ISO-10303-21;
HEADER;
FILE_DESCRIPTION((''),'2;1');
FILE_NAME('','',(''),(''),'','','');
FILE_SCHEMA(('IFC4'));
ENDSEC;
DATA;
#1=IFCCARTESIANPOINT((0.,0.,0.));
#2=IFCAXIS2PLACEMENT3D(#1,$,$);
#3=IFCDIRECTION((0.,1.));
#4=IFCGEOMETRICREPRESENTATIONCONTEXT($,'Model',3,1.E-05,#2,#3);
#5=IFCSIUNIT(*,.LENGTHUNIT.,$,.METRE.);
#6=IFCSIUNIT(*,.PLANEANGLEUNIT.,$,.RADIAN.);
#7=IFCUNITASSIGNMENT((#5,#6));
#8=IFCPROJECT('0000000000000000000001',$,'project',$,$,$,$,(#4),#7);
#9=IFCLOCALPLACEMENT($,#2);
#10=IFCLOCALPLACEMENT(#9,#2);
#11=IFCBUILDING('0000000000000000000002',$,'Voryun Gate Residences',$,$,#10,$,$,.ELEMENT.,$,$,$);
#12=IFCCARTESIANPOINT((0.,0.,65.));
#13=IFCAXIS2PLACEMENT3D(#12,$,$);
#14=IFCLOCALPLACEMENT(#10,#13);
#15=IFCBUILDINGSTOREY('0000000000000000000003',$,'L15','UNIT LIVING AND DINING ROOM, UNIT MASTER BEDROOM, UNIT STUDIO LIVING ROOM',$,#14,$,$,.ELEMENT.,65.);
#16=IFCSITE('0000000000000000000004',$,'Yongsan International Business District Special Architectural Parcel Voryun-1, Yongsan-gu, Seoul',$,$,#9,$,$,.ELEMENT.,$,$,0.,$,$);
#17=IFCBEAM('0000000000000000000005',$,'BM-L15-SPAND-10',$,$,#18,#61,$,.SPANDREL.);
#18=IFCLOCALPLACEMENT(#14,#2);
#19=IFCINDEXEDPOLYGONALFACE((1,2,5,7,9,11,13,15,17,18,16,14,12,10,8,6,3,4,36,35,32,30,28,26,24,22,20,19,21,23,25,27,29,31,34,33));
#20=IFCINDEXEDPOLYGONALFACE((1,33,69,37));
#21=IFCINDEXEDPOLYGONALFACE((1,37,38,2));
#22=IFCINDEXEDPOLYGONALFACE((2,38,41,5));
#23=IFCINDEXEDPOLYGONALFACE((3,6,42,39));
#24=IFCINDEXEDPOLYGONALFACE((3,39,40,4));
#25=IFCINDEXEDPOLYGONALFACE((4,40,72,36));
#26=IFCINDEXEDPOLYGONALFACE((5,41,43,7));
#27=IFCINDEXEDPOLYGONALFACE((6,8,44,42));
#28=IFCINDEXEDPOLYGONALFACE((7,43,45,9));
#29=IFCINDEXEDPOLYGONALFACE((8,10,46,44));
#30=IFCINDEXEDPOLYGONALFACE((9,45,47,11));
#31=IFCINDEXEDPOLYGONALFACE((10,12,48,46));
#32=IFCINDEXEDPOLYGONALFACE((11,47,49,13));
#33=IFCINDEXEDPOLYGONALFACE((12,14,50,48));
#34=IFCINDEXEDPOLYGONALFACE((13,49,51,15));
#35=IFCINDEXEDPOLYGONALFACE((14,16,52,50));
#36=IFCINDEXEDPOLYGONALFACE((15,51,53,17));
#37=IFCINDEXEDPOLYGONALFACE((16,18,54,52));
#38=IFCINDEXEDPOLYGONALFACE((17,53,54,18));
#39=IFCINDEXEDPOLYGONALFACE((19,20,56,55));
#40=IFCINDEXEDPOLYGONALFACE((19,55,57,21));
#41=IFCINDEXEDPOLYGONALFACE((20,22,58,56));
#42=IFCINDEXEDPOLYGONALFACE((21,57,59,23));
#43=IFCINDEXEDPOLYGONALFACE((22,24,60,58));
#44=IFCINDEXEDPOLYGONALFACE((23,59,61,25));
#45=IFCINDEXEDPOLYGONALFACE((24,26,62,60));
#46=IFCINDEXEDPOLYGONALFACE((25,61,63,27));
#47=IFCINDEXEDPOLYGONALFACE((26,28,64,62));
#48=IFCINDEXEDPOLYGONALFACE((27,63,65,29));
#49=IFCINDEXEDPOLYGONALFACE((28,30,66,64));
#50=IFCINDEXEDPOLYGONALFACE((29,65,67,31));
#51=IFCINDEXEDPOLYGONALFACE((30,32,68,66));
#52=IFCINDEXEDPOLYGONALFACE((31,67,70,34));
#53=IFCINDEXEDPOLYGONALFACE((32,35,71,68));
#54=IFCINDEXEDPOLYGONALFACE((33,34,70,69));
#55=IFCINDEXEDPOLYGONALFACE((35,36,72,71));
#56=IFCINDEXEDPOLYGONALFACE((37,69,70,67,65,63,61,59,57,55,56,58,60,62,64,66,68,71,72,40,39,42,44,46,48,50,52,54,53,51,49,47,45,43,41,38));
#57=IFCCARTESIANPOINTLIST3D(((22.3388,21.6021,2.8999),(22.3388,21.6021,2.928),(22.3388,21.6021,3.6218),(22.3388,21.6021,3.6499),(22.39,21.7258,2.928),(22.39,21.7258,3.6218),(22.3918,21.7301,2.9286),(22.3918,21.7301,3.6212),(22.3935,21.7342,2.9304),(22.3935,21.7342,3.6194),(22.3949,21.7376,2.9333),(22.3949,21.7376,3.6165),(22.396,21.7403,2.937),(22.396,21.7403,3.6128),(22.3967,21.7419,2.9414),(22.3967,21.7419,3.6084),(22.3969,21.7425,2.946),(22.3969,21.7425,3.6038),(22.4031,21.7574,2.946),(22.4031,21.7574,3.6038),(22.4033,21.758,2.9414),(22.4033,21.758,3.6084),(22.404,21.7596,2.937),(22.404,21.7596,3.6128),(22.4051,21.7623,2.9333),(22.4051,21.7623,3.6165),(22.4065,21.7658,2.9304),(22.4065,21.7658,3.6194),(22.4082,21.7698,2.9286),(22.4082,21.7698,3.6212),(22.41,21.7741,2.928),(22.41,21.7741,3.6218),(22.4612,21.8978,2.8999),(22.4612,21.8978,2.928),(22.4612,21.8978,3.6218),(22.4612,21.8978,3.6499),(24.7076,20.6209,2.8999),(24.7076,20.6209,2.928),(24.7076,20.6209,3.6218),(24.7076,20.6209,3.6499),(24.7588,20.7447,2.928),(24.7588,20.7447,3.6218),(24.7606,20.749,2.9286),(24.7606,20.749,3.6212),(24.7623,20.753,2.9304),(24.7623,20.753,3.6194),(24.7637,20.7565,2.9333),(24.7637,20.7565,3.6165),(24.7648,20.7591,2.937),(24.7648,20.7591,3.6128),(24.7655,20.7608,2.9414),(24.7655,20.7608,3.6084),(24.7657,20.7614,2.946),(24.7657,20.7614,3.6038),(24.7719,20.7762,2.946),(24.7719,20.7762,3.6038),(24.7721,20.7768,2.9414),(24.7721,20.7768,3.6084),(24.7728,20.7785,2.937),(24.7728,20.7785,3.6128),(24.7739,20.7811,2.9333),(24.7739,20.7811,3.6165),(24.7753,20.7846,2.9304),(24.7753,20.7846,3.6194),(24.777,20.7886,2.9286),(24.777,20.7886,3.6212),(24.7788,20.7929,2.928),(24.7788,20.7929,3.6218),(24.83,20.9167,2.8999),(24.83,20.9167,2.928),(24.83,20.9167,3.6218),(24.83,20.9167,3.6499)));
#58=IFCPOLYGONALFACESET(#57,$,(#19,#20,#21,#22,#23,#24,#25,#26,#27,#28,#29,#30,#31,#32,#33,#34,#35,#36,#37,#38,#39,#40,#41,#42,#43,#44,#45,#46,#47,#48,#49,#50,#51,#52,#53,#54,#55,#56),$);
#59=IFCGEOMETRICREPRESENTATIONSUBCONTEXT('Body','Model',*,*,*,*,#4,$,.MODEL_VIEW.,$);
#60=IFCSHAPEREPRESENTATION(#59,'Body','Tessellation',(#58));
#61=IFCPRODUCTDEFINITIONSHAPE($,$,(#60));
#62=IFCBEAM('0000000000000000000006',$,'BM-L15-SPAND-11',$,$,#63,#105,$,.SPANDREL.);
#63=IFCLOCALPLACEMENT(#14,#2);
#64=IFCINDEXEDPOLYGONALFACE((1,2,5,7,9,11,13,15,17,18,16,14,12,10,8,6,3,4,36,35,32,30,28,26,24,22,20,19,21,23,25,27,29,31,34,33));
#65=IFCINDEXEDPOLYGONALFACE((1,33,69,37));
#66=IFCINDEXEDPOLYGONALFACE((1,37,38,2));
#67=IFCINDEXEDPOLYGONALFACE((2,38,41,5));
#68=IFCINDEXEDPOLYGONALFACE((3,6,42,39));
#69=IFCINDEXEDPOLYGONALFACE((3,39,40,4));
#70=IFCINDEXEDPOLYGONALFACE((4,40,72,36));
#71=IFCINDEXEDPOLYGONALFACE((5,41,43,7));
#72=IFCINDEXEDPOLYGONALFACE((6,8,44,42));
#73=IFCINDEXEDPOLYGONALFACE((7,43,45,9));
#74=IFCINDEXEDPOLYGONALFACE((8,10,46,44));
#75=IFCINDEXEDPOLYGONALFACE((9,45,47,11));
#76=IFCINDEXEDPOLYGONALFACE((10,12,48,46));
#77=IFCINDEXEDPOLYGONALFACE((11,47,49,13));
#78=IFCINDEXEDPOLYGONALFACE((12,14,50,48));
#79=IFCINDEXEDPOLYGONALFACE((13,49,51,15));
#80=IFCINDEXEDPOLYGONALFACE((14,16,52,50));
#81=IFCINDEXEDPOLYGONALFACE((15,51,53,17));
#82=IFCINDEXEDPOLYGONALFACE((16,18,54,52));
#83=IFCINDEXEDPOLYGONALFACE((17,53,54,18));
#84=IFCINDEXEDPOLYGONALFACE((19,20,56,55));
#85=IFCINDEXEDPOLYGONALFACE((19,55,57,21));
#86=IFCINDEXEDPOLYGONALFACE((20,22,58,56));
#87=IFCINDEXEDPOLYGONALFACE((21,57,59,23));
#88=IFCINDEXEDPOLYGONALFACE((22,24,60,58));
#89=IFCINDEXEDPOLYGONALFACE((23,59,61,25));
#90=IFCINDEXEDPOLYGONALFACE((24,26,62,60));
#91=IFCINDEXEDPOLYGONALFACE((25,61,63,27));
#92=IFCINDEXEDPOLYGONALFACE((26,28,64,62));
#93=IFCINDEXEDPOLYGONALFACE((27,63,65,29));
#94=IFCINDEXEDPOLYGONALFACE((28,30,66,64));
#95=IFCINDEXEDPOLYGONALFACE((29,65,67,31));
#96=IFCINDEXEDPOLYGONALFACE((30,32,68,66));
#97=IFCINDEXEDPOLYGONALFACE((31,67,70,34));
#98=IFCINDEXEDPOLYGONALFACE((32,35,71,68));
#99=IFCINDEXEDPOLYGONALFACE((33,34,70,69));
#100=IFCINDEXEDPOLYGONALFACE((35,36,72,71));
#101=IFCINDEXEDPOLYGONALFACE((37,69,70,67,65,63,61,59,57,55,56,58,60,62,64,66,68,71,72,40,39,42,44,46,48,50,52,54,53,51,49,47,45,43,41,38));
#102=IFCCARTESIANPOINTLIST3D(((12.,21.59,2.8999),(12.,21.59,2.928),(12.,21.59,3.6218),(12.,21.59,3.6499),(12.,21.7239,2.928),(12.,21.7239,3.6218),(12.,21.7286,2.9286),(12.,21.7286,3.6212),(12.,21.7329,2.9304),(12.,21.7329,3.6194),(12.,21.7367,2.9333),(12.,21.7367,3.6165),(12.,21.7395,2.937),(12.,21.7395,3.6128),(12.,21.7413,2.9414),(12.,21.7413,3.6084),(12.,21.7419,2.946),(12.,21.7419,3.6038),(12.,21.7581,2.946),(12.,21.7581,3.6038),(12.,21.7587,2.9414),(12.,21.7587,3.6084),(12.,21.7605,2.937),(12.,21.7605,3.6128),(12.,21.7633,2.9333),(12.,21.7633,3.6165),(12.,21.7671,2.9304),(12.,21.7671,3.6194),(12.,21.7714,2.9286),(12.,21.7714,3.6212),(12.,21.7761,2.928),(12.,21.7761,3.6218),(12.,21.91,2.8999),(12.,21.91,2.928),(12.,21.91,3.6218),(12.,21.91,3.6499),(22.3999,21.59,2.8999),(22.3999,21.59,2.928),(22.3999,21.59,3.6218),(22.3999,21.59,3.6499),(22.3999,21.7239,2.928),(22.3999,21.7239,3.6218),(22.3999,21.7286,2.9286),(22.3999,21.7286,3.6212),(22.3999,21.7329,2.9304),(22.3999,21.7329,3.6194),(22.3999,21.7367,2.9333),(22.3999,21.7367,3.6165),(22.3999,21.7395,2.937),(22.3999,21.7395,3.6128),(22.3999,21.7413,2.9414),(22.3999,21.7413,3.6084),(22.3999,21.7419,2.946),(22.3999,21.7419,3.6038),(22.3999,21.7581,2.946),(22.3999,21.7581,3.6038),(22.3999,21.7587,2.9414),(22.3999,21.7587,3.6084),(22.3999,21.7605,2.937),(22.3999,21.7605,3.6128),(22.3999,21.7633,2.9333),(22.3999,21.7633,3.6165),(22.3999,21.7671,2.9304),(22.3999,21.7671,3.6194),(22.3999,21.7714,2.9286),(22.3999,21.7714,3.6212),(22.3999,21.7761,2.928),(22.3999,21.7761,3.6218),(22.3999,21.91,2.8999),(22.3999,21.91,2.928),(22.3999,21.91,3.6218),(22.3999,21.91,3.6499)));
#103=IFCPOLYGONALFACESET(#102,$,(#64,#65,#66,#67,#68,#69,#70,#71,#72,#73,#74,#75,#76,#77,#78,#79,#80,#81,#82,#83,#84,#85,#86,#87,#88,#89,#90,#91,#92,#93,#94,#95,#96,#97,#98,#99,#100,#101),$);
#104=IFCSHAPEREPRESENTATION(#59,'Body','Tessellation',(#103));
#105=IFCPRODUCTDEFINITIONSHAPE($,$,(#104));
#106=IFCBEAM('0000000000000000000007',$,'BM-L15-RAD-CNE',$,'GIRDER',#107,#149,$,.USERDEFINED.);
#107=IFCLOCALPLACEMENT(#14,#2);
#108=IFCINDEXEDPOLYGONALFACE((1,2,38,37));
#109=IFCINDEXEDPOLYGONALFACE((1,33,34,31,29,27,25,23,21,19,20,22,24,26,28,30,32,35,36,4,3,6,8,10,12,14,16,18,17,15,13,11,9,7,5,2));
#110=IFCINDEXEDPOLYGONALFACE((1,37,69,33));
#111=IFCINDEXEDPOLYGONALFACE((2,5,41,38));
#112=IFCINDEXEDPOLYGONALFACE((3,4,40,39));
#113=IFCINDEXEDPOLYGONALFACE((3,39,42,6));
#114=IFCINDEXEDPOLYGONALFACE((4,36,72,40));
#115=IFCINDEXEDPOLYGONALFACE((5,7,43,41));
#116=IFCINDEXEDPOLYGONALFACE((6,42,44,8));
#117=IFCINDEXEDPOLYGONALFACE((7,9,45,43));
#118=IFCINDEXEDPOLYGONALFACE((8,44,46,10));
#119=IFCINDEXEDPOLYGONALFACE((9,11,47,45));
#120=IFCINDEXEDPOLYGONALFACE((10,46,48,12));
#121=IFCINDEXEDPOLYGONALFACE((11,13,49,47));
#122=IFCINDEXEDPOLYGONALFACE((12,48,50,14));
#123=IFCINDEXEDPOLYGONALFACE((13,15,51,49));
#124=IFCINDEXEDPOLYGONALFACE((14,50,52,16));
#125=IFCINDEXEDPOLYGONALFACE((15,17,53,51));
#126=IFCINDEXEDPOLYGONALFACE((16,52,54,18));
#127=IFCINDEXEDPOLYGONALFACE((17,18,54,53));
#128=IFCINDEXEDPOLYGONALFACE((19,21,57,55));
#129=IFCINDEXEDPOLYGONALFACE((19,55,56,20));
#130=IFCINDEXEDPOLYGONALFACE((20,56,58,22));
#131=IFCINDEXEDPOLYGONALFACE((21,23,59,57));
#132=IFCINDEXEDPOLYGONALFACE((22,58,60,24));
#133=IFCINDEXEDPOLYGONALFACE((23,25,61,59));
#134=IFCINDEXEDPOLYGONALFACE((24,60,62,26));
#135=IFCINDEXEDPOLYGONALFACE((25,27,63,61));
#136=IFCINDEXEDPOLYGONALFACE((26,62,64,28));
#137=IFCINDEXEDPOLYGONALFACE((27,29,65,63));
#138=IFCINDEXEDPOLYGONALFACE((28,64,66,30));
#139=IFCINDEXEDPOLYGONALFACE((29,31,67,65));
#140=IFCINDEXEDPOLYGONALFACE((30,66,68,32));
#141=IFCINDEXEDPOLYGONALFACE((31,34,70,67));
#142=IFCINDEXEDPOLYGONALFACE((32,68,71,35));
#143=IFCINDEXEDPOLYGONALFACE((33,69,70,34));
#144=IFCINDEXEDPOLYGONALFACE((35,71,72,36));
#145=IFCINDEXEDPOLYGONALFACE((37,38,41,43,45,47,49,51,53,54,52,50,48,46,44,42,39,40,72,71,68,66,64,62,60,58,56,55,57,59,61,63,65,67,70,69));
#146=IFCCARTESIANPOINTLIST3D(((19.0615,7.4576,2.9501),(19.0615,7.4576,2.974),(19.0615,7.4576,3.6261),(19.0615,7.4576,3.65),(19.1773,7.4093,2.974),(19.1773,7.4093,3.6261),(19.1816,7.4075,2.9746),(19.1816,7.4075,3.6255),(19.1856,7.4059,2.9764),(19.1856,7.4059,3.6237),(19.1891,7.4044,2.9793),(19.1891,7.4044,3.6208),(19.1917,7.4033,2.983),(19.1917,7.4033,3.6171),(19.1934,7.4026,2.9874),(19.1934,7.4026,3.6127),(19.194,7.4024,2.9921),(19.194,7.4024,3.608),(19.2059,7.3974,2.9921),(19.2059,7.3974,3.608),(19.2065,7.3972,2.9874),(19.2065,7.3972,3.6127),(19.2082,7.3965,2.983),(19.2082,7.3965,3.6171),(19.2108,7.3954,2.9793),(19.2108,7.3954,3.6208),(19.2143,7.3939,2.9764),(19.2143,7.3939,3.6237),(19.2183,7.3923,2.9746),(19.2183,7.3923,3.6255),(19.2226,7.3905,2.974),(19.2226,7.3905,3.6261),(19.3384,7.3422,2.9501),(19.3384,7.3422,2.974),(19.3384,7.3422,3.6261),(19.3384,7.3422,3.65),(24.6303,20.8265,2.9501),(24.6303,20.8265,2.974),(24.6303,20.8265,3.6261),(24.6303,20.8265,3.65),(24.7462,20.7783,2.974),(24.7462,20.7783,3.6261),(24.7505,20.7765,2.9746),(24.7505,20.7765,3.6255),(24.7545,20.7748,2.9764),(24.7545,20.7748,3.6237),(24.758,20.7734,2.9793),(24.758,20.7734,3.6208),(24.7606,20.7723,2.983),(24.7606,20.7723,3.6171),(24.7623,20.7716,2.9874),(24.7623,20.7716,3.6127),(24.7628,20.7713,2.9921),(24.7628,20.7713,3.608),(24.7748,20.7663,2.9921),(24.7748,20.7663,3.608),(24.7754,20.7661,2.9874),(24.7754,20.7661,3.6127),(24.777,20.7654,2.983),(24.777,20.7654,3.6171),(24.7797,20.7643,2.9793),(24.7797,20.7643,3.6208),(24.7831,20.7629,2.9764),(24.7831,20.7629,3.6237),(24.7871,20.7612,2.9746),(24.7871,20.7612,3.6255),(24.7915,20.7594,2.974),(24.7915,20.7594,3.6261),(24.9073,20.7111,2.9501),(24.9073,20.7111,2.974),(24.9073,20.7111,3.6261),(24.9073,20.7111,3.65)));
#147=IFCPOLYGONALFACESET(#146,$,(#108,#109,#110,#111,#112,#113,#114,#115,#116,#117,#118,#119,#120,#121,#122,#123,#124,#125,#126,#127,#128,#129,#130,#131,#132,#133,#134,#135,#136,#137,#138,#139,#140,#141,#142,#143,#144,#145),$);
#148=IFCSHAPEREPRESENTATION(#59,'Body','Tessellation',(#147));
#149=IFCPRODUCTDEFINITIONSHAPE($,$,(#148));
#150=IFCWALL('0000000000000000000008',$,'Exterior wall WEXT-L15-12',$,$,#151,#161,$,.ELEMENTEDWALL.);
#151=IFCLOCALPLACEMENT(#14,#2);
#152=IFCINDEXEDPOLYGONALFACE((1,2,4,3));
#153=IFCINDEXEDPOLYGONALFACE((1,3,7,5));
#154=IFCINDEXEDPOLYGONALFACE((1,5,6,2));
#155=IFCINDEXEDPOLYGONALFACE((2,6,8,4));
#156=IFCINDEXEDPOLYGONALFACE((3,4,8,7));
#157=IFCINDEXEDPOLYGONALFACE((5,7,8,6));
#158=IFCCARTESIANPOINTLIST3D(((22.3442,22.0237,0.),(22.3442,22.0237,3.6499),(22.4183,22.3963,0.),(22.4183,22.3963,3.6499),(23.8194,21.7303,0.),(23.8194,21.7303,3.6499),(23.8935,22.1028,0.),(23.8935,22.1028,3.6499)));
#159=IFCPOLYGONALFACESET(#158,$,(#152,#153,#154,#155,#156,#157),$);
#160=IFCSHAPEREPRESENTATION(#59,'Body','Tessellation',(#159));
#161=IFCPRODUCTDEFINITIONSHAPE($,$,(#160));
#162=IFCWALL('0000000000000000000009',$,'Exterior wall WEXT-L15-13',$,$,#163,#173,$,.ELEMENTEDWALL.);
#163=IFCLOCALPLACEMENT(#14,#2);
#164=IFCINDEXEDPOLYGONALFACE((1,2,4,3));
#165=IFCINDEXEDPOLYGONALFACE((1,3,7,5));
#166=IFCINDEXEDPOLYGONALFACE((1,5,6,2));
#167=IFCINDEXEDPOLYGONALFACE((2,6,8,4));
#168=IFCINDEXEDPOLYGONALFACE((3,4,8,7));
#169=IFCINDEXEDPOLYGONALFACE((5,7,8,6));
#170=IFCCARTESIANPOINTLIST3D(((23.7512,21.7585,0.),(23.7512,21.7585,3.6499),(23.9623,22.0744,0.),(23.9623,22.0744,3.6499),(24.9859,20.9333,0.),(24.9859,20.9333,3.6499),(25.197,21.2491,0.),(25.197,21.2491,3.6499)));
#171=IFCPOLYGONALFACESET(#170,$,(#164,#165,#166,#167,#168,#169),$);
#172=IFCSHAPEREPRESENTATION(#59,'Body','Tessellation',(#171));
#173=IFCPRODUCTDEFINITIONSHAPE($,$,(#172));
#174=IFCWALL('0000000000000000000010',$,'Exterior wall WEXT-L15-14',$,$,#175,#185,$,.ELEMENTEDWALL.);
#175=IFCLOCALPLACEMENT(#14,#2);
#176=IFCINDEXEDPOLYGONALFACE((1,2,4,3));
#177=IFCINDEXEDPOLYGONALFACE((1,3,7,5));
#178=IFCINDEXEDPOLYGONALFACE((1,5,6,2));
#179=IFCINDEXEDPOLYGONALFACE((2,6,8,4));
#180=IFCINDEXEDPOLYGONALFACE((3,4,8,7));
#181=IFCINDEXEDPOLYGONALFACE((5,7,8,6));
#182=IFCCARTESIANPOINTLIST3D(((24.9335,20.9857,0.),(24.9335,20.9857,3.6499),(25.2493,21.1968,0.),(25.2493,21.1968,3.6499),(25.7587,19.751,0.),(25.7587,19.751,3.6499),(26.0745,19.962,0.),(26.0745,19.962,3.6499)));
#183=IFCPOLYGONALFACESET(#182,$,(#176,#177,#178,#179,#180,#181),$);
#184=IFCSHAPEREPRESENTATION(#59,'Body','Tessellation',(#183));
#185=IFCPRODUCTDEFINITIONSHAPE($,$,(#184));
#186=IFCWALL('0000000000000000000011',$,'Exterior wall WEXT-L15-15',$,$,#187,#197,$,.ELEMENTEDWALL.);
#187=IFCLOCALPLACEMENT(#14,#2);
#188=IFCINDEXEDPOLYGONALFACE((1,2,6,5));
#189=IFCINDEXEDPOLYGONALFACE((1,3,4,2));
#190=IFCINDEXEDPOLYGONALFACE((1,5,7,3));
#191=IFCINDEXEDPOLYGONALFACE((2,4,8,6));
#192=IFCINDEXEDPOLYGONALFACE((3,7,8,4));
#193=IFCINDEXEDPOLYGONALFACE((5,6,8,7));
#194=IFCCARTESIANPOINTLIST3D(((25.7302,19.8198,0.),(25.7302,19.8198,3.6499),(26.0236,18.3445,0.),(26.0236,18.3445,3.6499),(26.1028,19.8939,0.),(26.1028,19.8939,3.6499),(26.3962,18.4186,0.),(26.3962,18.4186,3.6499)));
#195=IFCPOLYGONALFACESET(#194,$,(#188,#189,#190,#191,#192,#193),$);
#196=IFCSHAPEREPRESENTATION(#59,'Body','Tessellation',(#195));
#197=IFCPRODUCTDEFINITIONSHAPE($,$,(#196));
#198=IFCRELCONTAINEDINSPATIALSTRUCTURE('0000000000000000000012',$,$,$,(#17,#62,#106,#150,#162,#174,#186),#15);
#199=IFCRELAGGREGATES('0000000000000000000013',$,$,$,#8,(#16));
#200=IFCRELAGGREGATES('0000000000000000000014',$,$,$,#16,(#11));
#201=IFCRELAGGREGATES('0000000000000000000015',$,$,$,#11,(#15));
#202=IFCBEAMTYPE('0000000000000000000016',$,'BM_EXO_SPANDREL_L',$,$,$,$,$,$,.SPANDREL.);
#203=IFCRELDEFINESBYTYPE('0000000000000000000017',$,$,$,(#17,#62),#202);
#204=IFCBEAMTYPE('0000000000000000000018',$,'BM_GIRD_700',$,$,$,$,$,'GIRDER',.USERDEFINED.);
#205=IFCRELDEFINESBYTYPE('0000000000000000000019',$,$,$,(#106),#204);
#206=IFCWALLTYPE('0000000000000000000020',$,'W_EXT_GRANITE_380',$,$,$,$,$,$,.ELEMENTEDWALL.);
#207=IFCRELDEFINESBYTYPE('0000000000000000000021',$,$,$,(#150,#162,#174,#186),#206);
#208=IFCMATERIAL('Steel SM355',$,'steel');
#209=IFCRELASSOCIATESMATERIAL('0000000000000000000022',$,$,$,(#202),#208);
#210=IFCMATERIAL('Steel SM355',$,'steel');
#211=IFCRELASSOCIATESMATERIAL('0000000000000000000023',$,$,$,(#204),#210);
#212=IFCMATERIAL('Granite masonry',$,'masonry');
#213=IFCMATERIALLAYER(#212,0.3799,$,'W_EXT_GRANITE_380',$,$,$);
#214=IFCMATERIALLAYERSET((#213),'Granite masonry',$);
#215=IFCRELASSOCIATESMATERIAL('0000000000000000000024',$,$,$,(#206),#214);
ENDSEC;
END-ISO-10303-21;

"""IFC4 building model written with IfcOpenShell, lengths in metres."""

from ifc_helpers import new_model, si_unit, direction, frame, frame_2d, origin, origin_2d, place, context, subcontext, project, spatial, rectangle, i_section, extrude, material, layer, layer_set, material_profile, profile_set, type_object, element, save


model = new_model("IFC4")

# Units and contexts
model_context = context("Model", 3, precision=1e-05, world=origin(), true_north=direction((0.0, 1.0)))
body_context = subcontext(model_context, "Body", "Model", "MODEL_VIEW")
ifc_project = project(units=[si_unit("LENGTHUNIT", "METRE"), si_unit("PLANEANGLEUNIT", "RADIAN")], contexts=[model_context])

# Site, building, storey
site_placement = place(None, origin())
site = spatial("IfcSite", under=ifc_project, at=site_placement, Name="Yongsan International Business District Special Architectural Parcel Voryun-1, Yongsan-gu, Seoul", CompositionType="ELEMENT", RefElevation=0.0)
building_placement = place(site_placement, origin())
building = spatial("IfcBuilding", under=site, at=building_placement, Name="Voryun Gate Residences", CompositionType="ELEMENT")
storey_placement = place(building_placement, frame((0.0, 0.0, 65.0)))
storey = spatial("IfcBuildingStorey", under=building, at=storey_placement, Name="L15", Description="UNIT LIVING AND DINING ROOM, UNIT MASTER BEDROOM, UNIT STUDIO LIVING ROOM", CompositionType="ELEMENT", Elevation=65.0)

# Beams
ifc_material_1 = material(Name="Steel SM355", Category="steel")
ifc_material_profile_1 = material_profile(ifc_material_1, i_section(OverallWidth=0.3201, OverallDepth=0.75, WebThickness=0.0161, FlangeThickness=0.0281, FilletRadius=0.0181, at=origin_2d()), Name="H-750x320x16x28")
ifc_profile_set_1 = profile_set([ifc_material_profile_1], Name="Steel SM355")
beam_type_1 = type_object("IfcBeamType", Name="BM_EXO_SPANDREL_L", PredefinedType="SPANDREL", material=ifc_profile_set_1)
beam_1_placement = place(storey_placement, frame((24.7688, 20.7688, 3.2749), z_axis=(-0.923883, 0.382674, 0.0), x_axis=(-0.382674, -0.923883, 0.0)))
element("IfcBeam", 1, at=beam_1_placement, inside=storey, type_object=beam_type_1, Name="BM-L15-SPAND-10", PredefinedType="SPANDREL", context=body_context, shape_type="SweptSolid", body=[
    extrude(i_section(OverallWidth=0.3201, OverallDepth=0.75, WebThickness=0.0161, FlangeThickness=0.0281, FilletRadius=0.0181, at=origin_2d()), origin(), (0.0, 0.0, 1.0), 2.564),
])
beam_2_placement = place(storey_placement, frame((22.3999, 21.75, 3.2749), z_axis=(-1.0, 0.0, 0.0), x_axis=(0.0, -1.0, 0.0)))
element("IfcBeam", 2, at=beam_2_placement, inside=storey, type_object=beam_type_1, Name="BM-L15-SPAND-11", PredefinedType="SPANDREL", context=body_context, shape_type="SweptSolid", body=[
    extrude(i_section(OverallWidth=0.3201, OverallDepth=0.75, WebThickness=0.0161, FlangeThickness=0.0281, FilletRadius=0.0181, at=origin_2d()), origin(), (0.0, 0.0, 1.0), 10.3999),
])
ifc_material_2 = material(Name="Steel SM355", Category="steel")
ifc_material_profile_2 = material_profile(ifc_material_2, i_section(OverallWidth=0.3, OverallDepth=0.7, WebThickness=0.0129, FlangeThickness=0.0239, FilletRadius=0.0181, at=origin_2d()), Name="H-700x300x13x24")
ifc_profile_set_2 = profile_set([ifc_material_profile_2], Name="Steel SM355")
beam_type_2 = type_object("IfcBeamType", Name="BM_GIRD_700", ElementType="GIRDER", PredefinedType="USERDEFINED", material=ifc_profile_set_2)
beam_3_placement = place(storey_placement, frame((19.2, 7.3999, 3.3), z_axis=(0.384526, 0.923114, 0.0), x_axis=(-0.923114, 0.384526, 0.0)))
element("IfcBeam", 3, at=beam_3_placement, inside=storey, type_object=beam_type_2, Name="BM-L15-RAD-CNE", ObjectType="GIRDER", PredefinedType="USERDEFINED", context=body_context, shape_type="SweptSolid", body=[
    extrude(i_section(OverallWidth=0.3, OverallDepth=0.7, WebThickness=0.0129, FlangeThickness=0.0239, FilletRadius=0.0181, at=origin_2d()), origin(), (0.0, 0.0, 1.0), 14.4824),
])

# Walls
ifc_material_3 = material(Name="Granite masonry", Category="masonry")
ifc_layer_1 = layer(ifc_material_3, 0.3799, Name="W_EXT_GRANITE_380")
ifc_layer_set_1 = layer_set([ifc_layer_1], Name="Granite masonry")
wall_type_1 = type_object("IfcWallType", Name="W_EXT_GRANITE_380", PredefinedType="ELEMENTEDWALL", material=ifc_layer_set_1)
wall_1_placement = place(storey_placement, frame((22.3813, 22.21, 0.0), z_axis=(0.0, 0.0, 1.0), x_axis=(0.980786, -0.195086, 0.0)))
element("IfcWall", 4, at=wall_1_placement, inside=storey, type_object=wall_type_1, Name="Exterior wall WEXT-L15-12", PredefinedType="ELEMENTEDWALL", context=body_context, shape_type="SweptSolid", body=[
    extrude(rectangle(XDim=1.5042, YDim=0.3799, at=frame_2d((0.752, 0.0))), origin(), (0.0, 0.0, 1.0), 3.6499),
])
for number, where, z_axis, x_axis, name in (
    (5, (23.8567, 21.9165, 0.0), (0.0, 0.0, 1.0), (0.831392, -0.555686, 0.0), "Exterior wall WEXT-L15-13"),
    (6, (25.0913, 21.0913, 0.0), (0.0, 0.0, 1.0), (0.555686, -0.831392, 0.0), "Exterior wall WEXT-L15-14"),
):
    element("IfcWall", number, at=place(storey_placement, frame(where, z_axis=z_axis, x_axis=x_axis)), inside=storey, type_object=wall_type_1, Name=name, PredefinedType="ELEMENTEDWALL", context=body_context, shape_type="SweptSolid", body=[
        extrude(rectangle(XDim=1.4851, YDim=0.3799, at=frame_2d((0.7427, 0.0))), origin(), (0.0, 0.0, 1.0), 3.6499),
    ])
wall_2_placement = place(storey_placement, frame((25.9165, 19.8567, 0.0), z_axis=(0.0, 0.0, 1.0), x_axis=(0.195086, -0.980786, 0.0)))
element("IfcWall", 7, at=wall_2_placement, inside=storey, type_object=wall_type_1, Name="Exterior wall WEXT-L15-15", PredefinedType="ELEMENTEDWALL", context=body_context, shape_type="SweptSolid", body=[
    extrude(rectangle(XDim=1.5042, YDim=0.3799, at=frame_2d((0.752, 0.0))), origin(), (0.0, 0.0, 1.0), 3.6499),
])

save(model, "model.ifc")
